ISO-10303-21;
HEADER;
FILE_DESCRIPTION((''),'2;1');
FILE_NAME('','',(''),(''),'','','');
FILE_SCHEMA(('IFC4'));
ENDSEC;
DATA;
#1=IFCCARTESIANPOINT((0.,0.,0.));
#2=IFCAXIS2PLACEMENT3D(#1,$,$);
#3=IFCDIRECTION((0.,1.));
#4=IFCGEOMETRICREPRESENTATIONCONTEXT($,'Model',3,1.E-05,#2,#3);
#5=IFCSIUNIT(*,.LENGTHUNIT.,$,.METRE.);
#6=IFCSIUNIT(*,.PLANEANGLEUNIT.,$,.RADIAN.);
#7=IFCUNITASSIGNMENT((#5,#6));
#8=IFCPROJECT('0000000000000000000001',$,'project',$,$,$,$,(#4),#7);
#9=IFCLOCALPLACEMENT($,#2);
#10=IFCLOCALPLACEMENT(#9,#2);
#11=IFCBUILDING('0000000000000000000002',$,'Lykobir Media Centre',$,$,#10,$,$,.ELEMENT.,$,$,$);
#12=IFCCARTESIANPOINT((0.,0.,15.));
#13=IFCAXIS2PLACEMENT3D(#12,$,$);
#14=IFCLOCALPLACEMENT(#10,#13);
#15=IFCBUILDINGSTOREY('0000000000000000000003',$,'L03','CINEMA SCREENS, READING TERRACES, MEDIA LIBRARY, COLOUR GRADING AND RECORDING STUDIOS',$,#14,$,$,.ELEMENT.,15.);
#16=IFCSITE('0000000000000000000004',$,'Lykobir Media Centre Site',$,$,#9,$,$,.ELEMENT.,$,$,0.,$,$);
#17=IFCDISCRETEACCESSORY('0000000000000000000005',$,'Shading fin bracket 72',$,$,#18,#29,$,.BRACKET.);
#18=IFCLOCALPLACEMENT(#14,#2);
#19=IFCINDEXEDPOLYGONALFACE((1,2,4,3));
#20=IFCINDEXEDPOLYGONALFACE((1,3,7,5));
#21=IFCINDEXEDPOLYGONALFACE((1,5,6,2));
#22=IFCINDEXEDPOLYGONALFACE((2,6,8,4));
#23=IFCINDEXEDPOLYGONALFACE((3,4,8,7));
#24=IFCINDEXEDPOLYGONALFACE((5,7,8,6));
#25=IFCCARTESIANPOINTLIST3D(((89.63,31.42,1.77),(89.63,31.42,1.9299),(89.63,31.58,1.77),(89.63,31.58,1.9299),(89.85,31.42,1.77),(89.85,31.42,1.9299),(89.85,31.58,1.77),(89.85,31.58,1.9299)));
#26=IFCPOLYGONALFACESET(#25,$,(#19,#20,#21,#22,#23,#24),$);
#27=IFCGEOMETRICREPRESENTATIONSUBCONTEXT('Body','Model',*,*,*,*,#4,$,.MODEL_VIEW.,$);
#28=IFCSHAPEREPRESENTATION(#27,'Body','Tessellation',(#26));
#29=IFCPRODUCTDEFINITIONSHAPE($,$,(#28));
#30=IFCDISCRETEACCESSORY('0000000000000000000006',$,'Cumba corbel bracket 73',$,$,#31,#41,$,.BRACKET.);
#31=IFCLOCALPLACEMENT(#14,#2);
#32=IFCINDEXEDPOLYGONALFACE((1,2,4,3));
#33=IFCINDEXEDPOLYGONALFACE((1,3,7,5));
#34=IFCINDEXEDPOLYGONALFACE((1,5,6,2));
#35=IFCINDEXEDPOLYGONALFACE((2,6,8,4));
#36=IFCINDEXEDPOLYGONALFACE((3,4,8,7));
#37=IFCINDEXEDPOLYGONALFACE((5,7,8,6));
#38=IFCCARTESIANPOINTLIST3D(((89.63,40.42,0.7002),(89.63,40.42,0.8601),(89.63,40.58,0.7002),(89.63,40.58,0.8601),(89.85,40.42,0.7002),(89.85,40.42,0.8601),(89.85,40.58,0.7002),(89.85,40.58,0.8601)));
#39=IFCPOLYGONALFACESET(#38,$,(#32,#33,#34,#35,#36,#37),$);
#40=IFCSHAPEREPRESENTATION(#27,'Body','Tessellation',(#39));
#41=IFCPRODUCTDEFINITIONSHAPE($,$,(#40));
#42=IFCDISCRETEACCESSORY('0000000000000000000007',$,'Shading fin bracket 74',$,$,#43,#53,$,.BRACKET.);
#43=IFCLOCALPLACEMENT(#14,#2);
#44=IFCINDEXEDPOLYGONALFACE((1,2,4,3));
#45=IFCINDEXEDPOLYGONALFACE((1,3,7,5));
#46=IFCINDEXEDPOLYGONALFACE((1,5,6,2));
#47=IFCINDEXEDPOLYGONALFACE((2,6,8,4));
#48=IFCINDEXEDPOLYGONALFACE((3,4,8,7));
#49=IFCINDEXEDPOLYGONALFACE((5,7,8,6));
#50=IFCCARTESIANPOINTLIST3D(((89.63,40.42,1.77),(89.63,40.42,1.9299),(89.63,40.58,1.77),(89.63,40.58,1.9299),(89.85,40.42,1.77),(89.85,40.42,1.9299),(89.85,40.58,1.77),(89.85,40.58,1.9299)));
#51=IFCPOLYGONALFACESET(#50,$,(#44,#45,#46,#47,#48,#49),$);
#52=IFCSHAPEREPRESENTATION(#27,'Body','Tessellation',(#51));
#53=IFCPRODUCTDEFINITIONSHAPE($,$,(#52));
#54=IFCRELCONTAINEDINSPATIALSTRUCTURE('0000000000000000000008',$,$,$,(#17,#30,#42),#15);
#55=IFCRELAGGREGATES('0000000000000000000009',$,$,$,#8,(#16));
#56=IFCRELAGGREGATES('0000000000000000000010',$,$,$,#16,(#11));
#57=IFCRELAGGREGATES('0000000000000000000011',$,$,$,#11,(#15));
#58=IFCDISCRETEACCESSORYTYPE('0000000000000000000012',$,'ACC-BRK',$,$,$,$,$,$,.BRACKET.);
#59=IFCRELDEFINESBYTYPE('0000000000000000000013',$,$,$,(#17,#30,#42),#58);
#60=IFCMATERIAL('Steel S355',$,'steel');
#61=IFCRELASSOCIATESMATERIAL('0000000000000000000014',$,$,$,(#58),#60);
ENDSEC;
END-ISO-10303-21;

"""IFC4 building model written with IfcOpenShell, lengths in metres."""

from ifc_helpers import new_model, si_unit, direction, frame, origin, origin_2d, place, context, subcontext, project, spatial, rectangle, extrude, material, type_object, element, save


model = new_model("IFC4")

# Units and contexts
model_context = context("Model", 3, precision=1e-05, world=origin(), true_north=direction((0.0, 1.0)))
body_context = subcontext(model_context, "Body", "Model", "MODEL_VIEW")
ifc_project = project(units=[si_unit("LENGTHUNIT", "METRE"), si_unit("PLANEANGLEUNIT", "RADIAN")], contexts=[model_context])

# Site, building, storey
site_placement = place(None, origin())
site = spatial("IfcSite", under=ifc_project, at=site_placement, Name="Lykobir Media Centre Site", CompositionType="ELEMENT", RefElevation=0.0)
building_placement = place(site_placement, origin())
building = spatial("IfcBuilding", under=site, at=building_placement, Name="Lykobir Media Centre", CompositionType="ELEMENT")
storey_placement = place(building_placement, frame((0.0, 0.0, 15.0)))
storey = spatial("IfcBuildingStorey", under=building, at=storey_placement, Name="L03", Description="CINEMA SCREENS, READING TERRACES, MEDIA LIBRARY, COLOUR GRADING AND RECORDING STUDIOS", CompositionType="ELEMENT", Elevation=15.0)

# Shared definitions
ifc_material_1 = material(Name="Steel S355", Category="steel")

# Discrete accessories
discrete_accessory_type = type_object("IfcDiscreteAccessoryType", Name="ACC-BRK", PredefinedType="BRACKET", material=ifc_material_1)
for number, where, z_axis, x_axis, name in (
    (1, (89.74, 31.5, 1.77), (0.0, 0.0, 1.0), (0.0, -1.0, 0.0), "Shading fin bracket 72"),
    (2, (89.74, 40.5, 0.7002), (0.0, 0.0, 1.0), (0.0, -1.0, 0.0), "Cumba corbel bracket 73"),
    (3, (89.74, 40.5, 1.77), (0.0, 0.0, 1.0), (0.0, -1.0, 0.0), "Shading fin bracket 74"),
):
    element("IfcDiscreteAccessory", number, at=place(storey_placement, frame(where, z_axis=z_axis, x_axis=x_axis)), inside=storey, type_object=discrete_accessory_type, Name=name, PredefinedType="BRACKET", context=body_context, shape_type="SweptSolid", body=[
        extrude(rectangle(XDim=0.1599, YDim=0.22, at=origin_2d()), origin(), (0.0, 0.0, 1.0), 0.1599),
    ])

save(model, "model.ifc")
